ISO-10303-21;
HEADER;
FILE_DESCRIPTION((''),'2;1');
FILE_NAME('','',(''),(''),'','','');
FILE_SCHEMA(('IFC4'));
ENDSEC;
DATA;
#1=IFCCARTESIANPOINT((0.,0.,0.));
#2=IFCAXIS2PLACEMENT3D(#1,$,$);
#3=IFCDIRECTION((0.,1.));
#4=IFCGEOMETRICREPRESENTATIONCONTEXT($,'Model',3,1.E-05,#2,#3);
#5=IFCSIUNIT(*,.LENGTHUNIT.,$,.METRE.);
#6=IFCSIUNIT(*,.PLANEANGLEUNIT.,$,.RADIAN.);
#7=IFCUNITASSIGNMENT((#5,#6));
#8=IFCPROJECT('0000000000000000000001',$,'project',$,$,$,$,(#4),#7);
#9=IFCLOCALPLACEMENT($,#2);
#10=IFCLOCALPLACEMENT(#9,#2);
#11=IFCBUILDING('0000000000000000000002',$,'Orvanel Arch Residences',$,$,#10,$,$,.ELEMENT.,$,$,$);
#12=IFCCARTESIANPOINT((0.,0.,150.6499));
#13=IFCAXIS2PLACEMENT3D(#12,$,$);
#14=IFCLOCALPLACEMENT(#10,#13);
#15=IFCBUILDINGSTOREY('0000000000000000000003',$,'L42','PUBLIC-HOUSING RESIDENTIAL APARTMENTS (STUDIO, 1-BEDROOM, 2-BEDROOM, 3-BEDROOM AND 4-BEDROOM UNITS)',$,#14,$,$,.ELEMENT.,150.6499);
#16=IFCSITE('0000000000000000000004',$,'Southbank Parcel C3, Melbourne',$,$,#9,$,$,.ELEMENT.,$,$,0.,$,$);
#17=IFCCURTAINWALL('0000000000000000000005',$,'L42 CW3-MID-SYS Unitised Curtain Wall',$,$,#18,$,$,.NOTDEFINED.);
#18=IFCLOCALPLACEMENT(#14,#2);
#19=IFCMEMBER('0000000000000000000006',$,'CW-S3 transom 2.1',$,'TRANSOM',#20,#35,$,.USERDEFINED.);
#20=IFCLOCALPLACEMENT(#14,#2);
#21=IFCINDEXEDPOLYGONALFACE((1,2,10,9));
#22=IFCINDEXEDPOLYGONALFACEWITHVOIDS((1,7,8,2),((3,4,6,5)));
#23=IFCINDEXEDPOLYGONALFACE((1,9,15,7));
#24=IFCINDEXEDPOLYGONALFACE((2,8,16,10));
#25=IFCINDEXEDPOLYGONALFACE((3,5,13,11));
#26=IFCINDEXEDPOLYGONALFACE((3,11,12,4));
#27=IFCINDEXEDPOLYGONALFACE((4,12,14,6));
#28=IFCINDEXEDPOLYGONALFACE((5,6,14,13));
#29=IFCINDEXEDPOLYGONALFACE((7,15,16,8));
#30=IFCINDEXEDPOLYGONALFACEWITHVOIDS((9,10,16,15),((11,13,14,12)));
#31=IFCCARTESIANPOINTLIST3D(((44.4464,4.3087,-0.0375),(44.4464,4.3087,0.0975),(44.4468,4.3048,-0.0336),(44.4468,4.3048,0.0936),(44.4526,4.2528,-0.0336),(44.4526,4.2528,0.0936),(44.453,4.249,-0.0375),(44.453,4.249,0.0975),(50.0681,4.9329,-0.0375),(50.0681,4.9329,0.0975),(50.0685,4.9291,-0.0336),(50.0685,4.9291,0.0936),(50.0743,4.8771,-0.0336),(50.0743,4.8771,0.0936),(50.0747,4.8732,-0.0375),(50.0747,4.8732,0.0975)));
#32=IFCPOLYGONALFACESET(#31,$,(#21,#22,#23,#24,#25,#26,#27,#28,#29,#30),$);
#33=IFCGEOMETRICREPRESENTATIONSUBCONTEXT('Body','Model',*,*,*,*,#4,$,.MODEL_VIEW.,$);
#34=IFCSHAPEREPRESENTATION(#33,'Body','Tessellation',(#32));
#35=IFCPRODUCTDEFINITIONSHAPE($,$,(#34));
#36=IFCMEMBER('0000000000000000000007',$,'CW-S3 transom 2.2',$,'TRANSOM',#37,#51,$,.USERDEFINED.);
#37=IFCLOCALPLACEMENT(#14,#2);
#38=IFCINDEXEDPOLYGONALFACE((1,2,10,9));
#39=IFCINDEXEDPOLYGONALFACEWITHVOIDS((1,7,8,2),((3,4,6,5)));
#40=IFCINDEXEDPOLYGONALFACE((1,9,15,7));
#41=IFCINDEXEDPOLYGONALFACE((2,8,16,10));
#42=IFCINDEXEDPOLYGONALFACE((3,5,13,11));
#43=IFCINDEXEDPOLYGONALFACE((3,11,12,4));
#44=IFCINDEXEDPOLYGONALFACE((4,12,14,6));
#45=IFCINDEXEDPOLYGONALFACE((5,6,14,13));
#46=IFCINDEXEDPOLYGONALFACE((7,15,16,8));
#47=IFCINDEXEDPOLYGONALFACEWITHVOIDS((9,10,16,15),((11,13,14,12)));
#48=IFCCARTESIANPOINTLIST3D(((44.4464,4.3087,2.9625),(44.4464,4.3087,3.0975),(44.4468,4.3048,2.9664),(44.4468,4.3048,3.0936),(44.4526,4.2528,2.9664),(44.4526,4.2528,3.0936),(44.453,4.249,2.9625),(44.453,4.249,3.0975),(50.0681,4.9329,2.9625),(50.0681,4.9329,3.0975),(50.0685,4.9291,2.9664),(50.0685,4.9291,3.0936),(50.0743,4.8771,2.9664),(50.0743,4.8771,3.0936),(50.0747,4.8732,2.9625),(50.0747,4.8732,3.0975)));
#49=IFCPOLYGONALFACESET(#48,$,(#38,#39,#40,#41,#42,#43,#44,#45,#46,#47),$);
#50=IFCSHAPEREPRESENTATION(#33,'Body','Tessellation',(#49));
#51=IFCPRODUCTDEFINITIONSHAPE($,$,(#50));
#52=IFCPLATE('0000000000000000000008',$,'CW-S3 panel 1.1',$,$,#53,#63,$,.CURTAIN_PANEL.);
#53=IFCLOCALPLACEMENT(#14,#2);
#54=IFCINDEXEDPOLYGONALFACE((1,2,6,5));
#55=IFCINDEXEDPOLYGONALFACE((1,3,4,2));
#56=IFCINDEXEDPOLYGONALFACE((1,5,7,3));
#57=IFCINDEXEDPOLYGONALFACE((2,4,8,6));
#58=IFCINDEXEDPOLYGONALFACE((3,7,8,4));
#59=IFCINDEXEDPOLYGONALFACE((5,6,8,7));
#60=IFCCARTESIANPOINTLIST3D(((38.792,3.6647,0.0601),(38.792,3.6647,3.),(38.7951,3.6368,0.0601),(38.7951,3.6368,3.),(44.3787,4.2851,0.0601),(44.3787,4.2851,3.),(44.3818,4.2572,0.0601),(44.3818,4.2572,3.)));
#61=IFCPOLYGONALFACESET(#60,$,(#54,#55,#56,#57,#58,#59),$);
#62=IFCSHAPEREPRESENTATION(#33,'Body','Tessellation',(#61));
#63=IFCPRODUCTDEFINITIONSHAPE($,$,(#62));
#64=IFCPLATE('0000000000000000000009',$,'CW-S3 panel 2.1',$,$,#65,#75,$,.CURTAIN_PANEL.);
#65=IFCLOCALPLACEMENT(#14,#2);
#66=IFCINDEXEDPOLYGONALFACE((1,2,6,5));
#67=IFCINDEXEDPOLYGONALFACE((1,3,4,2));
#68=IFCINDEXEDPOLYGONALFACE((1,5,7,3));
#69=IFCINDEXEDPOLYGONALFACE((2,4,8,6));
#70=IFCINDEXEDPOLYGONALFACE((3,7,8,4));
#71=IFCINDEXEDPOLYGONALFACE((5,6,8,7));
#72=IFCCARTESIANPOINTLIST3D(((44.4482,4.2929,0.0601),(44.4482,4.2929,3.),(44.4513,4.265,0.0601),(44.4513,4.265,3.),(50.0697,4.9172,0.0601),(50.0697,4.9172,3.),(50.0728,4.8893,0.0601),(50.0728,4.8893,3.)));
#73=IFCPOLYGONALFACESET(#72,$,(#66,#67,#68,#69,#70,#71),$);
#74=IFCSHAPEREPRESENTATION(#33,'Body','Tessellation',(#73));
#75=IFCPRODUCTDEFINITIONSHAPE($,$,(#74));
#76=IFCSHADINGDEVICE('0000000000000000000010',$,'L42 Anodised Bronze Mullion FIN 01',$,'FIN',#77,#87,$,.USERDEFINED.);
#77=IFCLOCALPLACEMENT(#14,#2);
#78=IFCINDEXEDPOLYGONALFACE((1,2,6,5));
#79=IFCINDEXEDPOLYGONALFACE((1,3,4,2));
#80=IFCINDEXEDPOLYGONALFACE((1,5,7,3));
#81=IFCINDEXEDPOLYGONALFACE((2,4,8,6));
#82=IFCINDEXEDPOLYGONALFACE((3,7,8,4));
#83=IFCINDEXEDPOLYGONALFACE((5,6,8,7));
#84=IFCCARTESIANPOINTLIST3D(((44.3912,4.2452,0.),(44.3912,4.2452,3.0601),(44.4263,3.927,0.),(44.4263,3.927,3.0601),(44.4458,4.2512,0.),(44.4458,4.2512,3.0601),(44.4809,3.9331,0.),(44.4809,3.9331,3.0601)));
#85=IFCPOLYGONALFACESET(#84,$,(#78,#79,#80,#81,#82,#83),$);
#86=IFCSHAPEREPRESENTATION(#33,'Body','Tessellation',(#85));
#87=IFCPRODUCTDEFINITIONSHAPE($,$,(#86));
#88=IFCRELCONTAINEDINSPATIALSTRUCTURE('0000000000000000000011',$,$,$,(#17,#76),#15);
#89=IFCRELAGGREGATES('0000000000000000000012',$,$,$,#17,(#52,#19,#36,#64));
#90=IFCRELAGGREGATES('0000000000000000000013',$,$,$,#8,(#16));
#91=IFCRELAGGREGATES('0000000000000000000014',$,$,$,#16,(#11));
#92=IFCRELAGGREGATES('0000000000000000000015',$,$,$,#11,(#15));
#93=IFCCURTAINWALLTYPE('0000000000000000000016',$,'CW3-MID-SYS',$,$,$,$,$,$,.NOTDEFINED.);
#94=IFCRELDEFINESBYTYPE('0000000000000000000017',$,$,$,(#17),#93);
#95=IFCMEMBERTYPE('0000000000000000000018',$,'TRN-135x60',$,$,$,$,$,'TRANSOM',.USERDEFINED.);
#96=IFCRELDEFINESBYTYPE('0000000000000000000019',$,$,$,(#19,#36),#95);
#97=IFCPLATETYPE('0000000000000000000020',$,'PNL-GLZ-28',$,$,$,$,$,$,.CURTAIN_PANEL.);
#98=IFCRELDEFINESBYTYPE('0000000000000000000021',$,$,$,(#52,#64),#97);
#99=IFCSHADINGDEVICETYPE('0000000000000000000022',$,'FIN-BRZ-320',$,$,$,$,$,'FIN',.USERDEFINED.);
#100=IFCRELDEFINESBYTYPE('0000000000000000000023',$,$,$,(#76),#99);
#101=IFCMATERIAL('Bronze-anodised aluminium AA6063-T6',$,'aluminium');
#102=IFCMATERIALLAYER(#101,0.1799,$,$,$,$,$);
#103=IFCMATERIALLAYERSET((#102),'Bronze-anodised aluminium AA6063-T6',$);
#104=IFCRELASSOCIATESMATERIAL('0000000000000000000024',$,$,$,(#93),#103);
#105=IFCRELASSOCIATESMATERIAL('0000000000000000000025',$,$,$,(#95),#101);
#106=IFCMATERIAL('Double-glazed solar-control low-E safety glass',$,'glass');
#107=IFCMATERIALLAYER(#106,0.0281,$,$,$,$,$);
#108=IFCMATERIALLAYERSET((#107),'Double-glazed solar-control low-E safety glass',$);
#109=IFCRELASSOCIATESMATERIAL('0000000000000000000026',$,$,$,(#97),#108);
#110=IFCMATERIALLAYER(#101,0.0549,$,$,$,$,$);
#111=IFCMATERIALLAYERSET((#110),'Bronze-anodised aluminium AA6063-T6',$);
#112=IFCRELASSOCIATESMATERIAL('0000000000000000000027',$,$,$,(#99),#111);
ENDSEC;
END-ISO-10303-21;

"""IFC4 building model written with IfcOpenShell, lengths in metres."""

from ifc_helpers import new_model, si_unit, direction, frame, origin, origin_2d, place, context, subcontext, project, spatial, rectangle, hollow_rectangle, extrude, material, layer, layer_set, material_profile, profile_set, type_object, element, aggregate, save


model = new_model("IFC4")

# Units and contexts
model_context = context("Model", 3, precision=1e-05, world=origin(), true_north=direction((0.0, 1.0)))
body_context = subcontext(model_context, "Body", "Model", "MODEL_VIEW")
ifc_project = project(units=[si_unit("LENGTHUNIT", "METRE"), si_unit("PLANEANGLEUNIT", "RADIAN")], contexts=[model_context])

# Site, building, storey
site_placement = place(None, origin())
site = spatial("IfcSite", under=ifc_project, at=site_placement, Name="Southbank Parcel C3, Melbourne", CompositionType="ELEMENT", RefElevation=0.0)
building_placement = place(site_placement, origin())
building = spatial("IfcBuilding", under=site, at=building_placement, Name="Orvanel Arch Residences", CompositionType="ELEMENT")
storey_placement = place(building_placement, frame((0.0, 0.0, 150.6499)))
storey = spatial("IfcBuildingStorey", under=building, at=storey_placement, Name="L42", Description="PUBLIC-HOUSING RESIDENTIAL APARTMENTS (STUDIO, 1-BEDROOM, 2-BEDROOM, 3-BEDROOM AND 4-BEDROOM UNITS)", CompositionType="ELEMENT", Elevation=150.6499)

# Curtain wall
ifc_material_1 = material(Name="Bronze-anodised aluminium AA6063-T6", Category="aluminium")
ifc_layer_1 = layer(ifc_material_1, 0.1799)
ifc_layer_set_1 = layer_set([ifc_layer_1], Name="Bronze-anodised aluminium AA6063-T6")
curtain_wall_type = type_object("IfcCurtainWallType", Name="CW3-MID-SYS", PredefinedType="NOTDEFINED", material=ifc_layer_set_1)
curtain_wall_placement = place(storey_placement, origin())
curtain_wall = element("IfcCurtainWall", 1, at=curtain_wall_placement, inside=storey, type_object=curtain_wall_type, Name="L42 CW3-MID-SYS Unitised Curtain Wall", PredefinedType="NOTDEFINED")

# Members
ifc_material_profile_1 = material_profile(ifc_material_1, hollow_rectangle(XDim=0.0601, YDim=0.135, WallThickness=0.0039, at=origin_2d()), Name="ALU135x60x4")
ifc_profile_set_1 = profile_set([ifc_material_profile_1], Name="Bronze-anodised aluminium AA6063-T6")
member_type_1 = type_object("IfcMemberType", Name="TRN-135x60", ElementType="TRANSOM", PredefinedType="USERDEFINED", material=ifc_profile_set_1)
member_1_placement = place(storey_placement, frame((44.4497, 4.2788, 0.03), z_axis=(0.993891, 0.11037, 0.0), x_axis=(-0.11037, 0.993891, 0.0)))
member_1 = element("IfcMember", 2, at=member_1_placement, type_object=member_type_1, Name="CW-S3 transom 2.1", ObjectType="TRANSOM", PredefinedType="USERDEFINED", context=body_context, shape_type="SweptSolid", body=[
    extrude(hollow_rectangle(XDim=0.0601, YDim=0.135, WallThickness=0.0039, at=origin_2d()), origin(), (0.0, 0.0, 1.0), 5.6562),
])
member_2_placement = place(storey_placement, frame((44.4497, 4.2788, 3.03), z_axis=(0.993891, 0.11037, 0.0), x_axis=(-0.11037, 0.993891, 0.0)))
member_2 = element("IfcMember", 3, at=member_2_placement, type_object=member_type_1, Name="CW-S3 transom 2.2", ObjectType="TRANSOM", PredefinedType="USERDEFINED", context=body_context, shape_type="SweptSolid", body=[
    extrude(hollow_rectangle(XDim=0.0601, YDim=0.135, WallThickness=0.0039, at=origin_2d()), origin(), (0.0, 0.0, 1.0), 5.6562),
])

# Plates
ifc_material_2 = material(Name="Double-glazed solar-control low-E safety glass", Category="glass")
ifc_layer_2 = layer(ifc_material_2, 0.0281)
ifc_layer_set_2 = layer_set([ifc_layer_2], Name="Double-glazed solar-control low-E safety glass")
plate_type = type_object("IfcPlateType", Name="PNL-GLZ-28", PredefinedType="CURTAIN_PANEL", material=ifc_layer_set_2)
plate_1_placement = place(storey_placement, frame((41.5869, 3.9609, 0.0601), z_axis=(0.0, 0.0, 1.0), x_axis=(0.99389, 0.110374, 0.0)))
plate_1 = element("IfcPlate", 4, at=plate_1_placement, type_object=plate_type, Name="CW-S3 panel 1.1", PredefinedType="CURTAIN_PANEL", context=body_context, shape_type="SweptSolid", body=[
    extrude(rectangle(XDim=5.6211, YDim=0.0281, at=origin_2d()), origin(), (0.0, 0.0, 1.0), 2.9399),
])
plate_2_placement = place(storey_placement, frame((47.2605, 4.5911, 0.0601), z_axis=(0.0, 0.0, 1.0), x_axis=(0.99389, 0.110374, 0.0)))
plate_2 = element("IfcPlate", 5, at=plate_2_placement, type_object=plate_type, Name="CW-S3 panel 2.1", PredefinedType="CURTAIN_PANEL", context=body_context, shape_type="SweptSolid", body=[
    extrude(rectangle(XDim=5.656, YDim=0.0281, at=origin_2d()), origin(), (0.0, 0.0, 1.0), 2.9399),
])
aggregate(curtain_wall, [plate_1, member_1, member_2, plate_2])

# Shading device
ifc_layer_3 = layer(ifc_material_1, 0.0549)
ifc_layer_set_3 = layer_set([ifc_layer_3], Name="Bronze-anodised aluminium AA6063-T6")
shading_device_type = type_object("IfcShadingDeviceType", Name="FIN-BRZ-320", ElementType="FIN", PredefinedType="USERDEFINED", material=ifc_layer_set_3)
shading_device_placement = place(storey_placement, frame((44.436, 4.0891, 0.0), z_axis=(0.0, 0.0, 1.0), x_axis=(0.109734, -0.993961, 0.0)))
element("IfcShadingDevice", 6, at=shading_device_placement, inside=storey, type_object=shading_device_type, Name="L42 Anodised Bronze Mullion FIN 01", ObjectType="FIN", PredefinedType="USERDEFINED", context=body_context, shape_type="SweptSolid", body=[
    extrude(rectangle(XDim=0.3201, YDim=0.0549, at=origin_2d()), origin(), (0.0, 0.0, 1.0), 3.0601),
])

save(model, "model.ifc")
